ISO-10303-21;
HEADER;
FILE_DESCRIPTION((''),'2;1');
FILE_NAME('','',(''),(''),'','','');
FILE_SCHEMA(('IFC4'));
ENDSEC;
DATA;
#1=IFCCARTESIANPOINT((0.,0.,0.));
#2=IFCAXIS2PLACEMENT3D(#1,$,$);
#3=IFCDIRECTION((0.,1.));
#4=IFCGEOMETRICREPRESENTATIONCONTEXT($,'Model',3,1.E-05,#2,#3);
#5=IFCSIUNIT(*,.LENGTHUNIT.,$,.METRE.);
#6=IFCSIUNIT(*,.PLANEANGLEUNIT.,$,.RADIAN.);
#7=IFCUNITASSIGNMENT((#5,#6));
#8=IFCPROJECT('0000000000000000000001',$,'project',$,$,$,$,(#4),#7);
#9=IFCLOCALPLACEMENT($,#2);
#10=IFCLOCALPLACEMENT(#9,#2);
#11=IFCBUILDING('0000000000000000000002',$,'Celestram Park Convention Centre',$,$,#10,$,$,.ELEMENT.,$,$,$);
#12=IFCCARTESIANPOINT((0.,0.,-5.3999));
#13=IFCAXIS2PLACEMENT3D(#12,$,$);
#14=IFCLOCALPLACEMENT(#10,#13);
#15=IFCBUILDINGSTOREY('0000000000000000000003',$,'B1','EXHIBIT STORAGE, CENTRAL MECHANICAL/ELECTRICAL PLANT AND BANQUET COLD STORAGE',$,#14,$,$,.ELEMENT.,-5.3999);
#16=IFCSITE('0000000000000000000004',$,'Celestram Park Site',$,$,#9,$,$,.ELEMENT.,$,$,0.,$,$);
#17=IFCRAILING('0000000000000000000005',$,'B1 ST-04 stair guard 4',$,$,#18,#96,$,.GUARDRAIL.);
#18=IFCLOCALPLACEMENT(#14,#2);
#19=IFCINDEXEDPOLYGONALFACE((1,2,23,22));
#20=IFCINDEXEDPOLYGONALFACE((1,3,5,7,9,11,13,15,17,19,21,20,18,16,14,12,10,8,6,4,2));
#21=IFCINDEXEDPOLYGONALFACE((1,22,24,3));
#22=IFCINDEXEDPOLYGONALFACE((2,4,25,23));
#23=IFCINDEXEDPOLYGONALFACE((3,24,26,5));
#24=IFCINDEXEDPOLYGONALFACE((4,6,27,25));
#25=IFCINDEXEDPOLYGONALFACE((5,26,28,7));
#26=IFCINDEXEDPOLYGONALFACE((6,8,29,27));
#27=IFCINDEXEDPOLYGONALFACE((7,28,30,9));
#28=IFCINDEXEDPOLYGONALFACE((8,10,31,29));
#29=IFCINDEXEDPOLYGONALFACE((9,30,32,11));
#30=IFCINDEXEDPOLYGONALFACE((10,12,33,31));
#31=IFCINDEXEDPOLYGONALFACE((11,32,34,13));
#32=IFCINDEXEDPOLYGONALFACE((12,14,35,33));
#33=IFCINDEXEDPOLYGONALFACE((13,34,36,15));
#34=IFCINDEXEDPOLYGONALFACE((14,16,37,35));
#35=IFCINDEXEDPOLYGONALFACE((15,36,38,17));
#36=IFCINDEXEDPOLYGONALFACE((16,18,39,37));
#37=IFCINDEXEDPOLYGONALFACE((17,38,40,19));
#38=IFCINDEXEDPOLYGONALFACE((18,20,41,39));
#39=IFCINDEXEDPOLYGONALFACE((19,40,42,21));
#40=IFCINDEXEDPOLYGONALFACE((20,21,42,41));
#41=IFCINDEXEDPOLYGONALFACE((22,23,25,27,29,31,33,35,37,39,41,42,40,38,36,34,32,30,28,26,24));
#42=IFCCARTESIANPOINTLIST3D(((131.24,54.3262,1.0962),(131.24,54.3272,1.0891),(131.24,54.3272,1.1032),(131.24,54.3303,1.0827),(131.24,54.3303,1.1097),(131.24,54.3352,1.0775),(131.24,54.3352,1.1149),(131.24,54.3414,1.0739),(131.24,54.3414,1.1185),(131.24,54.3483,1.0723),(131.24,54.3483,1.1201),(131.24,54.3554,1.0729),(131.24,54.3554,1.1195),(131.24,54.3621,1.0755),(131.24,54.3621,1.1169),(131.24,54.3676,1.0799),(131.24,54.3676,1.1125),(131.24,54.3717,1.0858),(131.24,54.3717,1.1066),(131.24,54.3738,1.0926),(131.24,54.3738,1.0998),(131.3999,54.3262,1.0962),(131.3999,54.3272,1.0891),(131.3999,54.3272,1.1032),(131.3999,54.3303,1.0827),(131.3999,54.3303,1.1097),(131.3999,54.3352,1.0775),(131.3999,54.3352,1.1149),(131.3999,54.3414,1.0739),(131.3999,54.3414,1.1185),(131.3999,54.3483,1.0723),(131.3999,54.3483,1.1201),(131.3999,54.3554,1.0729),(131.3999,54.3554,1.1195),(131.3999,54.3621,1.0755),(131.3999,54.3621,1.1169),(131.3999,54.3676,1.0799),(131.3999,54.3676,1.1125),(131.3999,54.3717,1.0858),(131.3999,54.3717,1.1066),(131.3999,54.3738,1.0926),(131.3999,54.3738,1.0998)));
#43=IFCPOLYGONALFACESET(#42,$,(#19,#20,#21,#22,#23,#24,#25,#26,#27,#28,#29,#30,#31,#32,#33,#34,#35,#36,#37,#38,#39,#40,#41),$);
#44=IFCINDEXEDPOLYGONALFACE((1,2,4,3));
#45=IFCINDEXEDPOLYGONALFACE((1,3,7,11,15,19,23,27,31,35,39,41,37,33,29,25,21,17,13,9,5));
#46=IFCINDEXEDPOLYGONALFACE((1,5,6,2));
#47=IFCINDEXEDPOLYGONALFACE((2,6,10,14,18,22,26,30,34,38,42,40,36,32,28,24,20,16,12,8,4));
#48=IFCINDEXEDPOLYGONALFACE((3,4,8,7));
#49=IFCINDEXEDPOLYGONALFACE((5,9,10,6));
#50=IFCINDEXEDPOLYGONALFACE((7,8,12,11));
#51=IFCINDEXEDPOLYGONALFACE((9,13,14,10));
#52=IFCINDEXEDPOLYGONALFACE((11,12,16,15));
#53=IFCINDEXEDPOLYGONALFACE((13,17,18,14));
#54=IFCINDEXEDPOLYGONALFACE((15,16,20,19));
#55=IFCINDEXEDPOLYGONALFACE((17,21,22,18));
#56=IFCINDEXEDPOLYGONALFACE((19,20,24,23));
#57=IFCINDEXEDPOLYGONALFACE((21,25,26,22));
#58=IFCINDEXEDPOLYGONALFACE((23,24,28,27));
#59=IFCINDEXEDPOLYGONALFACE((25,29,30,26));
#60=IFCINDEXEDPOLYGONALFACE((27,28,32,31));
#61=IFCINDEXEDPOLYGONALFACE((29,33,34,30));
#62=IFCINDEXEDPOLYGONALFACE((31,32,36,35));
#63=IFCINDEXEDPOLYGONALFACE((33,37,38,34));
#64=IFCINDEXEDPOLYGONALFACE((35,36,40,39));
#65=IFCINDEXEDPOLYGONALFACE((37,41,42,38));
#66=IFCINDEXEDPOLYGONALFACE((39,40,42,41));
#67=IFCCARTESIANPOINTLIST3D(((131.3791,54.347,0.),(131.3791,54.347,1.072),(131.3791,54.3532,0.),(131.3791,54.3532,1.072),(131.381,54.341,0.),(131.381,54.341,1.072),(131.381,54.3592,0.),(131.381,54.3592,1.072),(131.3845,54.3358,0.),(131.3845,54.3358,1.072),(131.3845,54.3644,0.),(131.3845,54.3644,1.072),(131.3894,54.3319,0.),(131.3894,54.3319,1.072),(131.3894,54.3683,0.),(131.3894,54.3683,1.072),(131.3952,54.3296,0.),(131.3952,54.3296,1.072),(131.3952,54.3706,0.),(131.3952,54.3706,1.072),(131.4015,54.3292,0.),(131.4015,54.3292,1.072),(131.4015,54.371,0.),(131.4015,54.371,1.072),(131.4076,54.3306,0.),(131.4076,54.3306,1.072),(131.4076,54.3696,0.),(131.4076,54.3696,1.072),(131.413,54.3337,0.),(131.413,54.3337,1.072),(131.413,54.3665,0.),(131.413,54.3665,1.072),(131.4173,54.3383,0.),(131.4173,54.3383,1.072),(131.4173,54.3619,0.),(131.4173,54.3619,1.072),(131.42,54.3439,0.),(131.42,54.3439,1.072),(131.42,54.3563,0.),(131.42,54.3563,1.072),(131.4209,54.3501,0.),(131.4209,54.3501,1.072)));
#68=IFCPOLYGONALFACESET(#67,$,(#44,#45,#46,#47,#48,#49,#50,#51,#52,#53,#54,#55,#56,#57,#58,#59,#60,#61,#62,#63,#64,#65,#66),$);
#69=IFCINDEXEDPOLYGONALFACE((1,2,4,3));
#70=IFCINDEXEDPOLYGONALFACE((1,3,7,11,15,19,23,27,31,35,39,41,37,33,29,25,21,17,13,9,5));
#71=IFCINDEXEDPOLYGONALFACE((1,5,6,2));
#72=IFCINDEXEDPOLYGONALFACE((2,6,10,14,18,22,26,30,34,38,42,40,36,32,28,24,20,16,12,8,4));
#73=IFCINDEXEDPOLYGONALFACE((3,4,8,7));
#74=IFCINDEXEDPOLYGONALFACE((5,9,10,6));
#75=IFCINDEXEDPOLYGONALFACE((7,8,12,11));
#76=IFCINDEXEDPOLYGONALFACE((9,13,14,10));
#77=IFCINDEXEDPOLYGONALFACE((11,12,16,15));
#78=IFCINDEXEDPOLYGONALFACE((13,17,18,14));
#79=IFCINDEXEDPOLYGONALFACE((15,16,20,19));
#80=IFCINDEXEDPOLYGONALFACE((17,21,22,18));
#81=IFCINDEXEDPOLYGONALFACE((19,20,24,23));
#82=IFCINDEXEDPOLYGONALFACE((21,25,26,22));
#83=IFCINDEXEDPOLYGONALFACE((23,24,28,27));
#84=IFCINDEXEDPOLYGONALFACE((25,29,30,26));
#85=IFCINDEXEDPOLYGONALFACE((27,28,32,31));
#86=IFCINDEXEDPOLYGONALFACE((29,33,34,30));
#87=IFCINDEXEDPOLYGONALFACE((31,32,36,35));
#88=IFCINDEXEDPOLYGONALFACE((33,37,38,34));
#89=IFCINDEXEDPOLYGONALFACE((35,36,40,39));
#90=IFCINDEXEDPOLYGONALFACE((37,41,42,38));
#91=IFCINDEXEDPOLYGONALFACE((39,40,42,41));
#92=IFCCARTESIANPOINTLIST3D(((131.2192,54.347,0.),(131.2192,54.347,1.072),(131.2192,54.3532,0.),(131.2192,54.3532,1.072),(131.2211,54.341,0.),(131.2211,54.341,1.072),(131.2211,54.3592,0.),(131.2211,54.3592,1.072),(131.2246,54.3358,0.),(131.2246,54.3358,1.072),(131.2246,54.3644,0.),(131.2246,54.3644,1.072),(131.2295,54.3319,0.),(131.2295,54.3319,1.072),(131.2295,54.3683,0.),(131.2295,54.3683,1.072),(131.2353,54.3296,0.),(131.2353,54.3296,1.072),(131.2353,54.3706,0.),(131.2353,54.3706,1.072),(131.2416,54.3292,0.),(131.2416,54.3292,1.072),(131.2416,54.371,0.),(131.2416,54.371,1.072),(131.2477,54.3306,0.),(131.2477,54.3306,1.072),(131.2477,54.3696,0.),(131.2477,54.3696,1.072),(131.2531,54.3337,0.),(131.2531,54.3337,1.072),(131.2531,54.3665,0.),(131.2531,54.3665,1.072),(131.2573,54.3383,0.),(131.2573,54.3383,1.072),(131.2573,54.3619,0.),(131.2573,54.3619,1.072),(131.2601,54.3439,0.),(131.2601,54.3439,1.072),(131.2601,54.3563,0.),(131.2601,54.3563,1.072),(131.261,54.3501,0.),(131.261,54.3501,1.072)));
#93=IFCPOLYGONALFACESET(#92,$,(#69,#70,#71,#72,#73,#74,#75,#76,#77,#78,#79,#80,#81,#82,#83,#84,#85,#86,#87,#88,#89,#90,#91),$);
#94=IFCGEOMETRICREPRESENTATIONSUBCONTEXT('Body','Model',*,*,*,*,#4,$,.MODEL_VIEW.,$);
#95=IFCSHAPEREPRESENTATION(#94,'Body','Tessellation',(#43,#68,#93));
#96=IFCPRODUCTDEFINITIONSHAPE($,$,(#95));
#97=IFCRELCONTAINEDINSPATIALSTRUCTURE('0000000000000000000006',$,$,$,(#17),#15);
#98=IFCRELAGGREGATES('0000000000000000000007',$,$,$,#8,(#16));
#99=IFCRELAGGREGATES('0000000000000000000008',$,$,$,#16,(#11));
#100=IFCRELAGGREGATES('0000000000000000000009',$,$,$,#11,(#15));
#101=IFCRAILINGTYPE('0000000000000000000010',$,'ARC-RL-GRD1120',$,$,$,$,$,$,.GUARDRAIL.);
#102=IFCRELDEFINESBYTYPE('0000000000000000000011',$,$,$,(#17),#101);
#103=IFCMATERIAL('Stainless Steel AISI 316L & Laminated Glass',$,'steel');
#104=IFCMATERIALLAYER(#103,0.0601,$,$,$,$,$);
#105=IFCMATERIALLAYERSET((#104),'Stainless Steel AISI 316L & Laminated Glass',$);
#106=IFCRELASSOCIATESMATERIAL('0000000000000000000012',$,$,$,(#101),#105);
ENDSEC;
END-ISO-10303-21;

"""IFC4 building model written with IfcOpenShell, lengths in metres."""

from ifc_helpers import new_model, si_unit, direction, frame, origin, origin_2d, place, context, subcontext, project, spatial, circle, extrude, material, layer, layer_set, type_object, element, save


model = new_model("IFC4")

# Units and contexts
model_context = context("Model", 3, precision=1e-05, world=origin(), true_north=direction((0.0, 1.0)))
body_context = subcontext(model_context, "Body", "Model", "MODEL_VIEW")
ifc_project = project(units=[si_unit("LENGTHUNIT", "METRE"), si_unit("PLANEANGLEUNIT", "RADIAN")], contexts=[model_context])

# Site, building, storey
site_placement = place(None, origin())
site = spatial("IfcSite", under=ifc_project, at=site_placement, Name="Celestram Park Site", CompositionType="ELEMENT", RefElevation=0.0)
building_placement = place(site_placement, origin())
building = spatial("IfcBuilding", under=site, at=building_placement, Name="Celestram Park Convention Centre", CompositionType="ELEMENT")
storey_placement = place(building_placement, frame((0.0, 0.0, -5.3999)))
storey = spatial("IfcBuildingStorey", under=building, at=storey_placement, Name="B1", Description="EXHIBIT STORAGE, CENTRAL MECHANICAL/ELECTRICAL PLANT AND BANQUET COLD STORAGE", CompositionType="ELEMENT", Elevation=-5.3999)

# Railing
ifc_material_1 = material(Name="Stainless Steel AISI 316L & Laminated Glass", Category="steel")
ifc_layer_1 = layer(ifc_material_1, 0.0601)
ifc_layer_set_1 = layer_set([ifc_layer_1], Name="Stainless Steel AISI 316L & Laminated Glass")
railing_type_1 = type_object("IfcRailingType", Name="ARC-RL-GRD1120", PredefinedType="GUARDRAIL", material=ifc_layer_set_1)
railing_1_placement = place(storey_placement, frame((131.3999, 54.3501, 0.0)))
element("IfcRailing", 1, at=railing_1_placement, inside=storey, type_object=railing_type_1, Name="B1 ST-04 stair guard 4", PredefinedType="GUARDRAIL", context=body_context, shape_type="SweptSolid", body=[
    extrude(circle(Radius=0.0239, at=origin_2d()), frame((0.0, 0.0, 1.0962), z_axis=(-1.0, 0.0, 0.0), x_axis=(0.0, -1.0, 0.0)), (0.0, 0.0, 1.0), 0.1599),
    extrude(circle(Radius=0.021, at=origin_2d()), origin(), (0.0, 0.0, 1.0), 1.072),
    extrude(circle(Radius=0.021, at=origin_2d()), frame((-0.1599, 0.0, 0.0)), (0.0, 0.0, 1.0), 1.072),
])

save(model, "model.ifc")
